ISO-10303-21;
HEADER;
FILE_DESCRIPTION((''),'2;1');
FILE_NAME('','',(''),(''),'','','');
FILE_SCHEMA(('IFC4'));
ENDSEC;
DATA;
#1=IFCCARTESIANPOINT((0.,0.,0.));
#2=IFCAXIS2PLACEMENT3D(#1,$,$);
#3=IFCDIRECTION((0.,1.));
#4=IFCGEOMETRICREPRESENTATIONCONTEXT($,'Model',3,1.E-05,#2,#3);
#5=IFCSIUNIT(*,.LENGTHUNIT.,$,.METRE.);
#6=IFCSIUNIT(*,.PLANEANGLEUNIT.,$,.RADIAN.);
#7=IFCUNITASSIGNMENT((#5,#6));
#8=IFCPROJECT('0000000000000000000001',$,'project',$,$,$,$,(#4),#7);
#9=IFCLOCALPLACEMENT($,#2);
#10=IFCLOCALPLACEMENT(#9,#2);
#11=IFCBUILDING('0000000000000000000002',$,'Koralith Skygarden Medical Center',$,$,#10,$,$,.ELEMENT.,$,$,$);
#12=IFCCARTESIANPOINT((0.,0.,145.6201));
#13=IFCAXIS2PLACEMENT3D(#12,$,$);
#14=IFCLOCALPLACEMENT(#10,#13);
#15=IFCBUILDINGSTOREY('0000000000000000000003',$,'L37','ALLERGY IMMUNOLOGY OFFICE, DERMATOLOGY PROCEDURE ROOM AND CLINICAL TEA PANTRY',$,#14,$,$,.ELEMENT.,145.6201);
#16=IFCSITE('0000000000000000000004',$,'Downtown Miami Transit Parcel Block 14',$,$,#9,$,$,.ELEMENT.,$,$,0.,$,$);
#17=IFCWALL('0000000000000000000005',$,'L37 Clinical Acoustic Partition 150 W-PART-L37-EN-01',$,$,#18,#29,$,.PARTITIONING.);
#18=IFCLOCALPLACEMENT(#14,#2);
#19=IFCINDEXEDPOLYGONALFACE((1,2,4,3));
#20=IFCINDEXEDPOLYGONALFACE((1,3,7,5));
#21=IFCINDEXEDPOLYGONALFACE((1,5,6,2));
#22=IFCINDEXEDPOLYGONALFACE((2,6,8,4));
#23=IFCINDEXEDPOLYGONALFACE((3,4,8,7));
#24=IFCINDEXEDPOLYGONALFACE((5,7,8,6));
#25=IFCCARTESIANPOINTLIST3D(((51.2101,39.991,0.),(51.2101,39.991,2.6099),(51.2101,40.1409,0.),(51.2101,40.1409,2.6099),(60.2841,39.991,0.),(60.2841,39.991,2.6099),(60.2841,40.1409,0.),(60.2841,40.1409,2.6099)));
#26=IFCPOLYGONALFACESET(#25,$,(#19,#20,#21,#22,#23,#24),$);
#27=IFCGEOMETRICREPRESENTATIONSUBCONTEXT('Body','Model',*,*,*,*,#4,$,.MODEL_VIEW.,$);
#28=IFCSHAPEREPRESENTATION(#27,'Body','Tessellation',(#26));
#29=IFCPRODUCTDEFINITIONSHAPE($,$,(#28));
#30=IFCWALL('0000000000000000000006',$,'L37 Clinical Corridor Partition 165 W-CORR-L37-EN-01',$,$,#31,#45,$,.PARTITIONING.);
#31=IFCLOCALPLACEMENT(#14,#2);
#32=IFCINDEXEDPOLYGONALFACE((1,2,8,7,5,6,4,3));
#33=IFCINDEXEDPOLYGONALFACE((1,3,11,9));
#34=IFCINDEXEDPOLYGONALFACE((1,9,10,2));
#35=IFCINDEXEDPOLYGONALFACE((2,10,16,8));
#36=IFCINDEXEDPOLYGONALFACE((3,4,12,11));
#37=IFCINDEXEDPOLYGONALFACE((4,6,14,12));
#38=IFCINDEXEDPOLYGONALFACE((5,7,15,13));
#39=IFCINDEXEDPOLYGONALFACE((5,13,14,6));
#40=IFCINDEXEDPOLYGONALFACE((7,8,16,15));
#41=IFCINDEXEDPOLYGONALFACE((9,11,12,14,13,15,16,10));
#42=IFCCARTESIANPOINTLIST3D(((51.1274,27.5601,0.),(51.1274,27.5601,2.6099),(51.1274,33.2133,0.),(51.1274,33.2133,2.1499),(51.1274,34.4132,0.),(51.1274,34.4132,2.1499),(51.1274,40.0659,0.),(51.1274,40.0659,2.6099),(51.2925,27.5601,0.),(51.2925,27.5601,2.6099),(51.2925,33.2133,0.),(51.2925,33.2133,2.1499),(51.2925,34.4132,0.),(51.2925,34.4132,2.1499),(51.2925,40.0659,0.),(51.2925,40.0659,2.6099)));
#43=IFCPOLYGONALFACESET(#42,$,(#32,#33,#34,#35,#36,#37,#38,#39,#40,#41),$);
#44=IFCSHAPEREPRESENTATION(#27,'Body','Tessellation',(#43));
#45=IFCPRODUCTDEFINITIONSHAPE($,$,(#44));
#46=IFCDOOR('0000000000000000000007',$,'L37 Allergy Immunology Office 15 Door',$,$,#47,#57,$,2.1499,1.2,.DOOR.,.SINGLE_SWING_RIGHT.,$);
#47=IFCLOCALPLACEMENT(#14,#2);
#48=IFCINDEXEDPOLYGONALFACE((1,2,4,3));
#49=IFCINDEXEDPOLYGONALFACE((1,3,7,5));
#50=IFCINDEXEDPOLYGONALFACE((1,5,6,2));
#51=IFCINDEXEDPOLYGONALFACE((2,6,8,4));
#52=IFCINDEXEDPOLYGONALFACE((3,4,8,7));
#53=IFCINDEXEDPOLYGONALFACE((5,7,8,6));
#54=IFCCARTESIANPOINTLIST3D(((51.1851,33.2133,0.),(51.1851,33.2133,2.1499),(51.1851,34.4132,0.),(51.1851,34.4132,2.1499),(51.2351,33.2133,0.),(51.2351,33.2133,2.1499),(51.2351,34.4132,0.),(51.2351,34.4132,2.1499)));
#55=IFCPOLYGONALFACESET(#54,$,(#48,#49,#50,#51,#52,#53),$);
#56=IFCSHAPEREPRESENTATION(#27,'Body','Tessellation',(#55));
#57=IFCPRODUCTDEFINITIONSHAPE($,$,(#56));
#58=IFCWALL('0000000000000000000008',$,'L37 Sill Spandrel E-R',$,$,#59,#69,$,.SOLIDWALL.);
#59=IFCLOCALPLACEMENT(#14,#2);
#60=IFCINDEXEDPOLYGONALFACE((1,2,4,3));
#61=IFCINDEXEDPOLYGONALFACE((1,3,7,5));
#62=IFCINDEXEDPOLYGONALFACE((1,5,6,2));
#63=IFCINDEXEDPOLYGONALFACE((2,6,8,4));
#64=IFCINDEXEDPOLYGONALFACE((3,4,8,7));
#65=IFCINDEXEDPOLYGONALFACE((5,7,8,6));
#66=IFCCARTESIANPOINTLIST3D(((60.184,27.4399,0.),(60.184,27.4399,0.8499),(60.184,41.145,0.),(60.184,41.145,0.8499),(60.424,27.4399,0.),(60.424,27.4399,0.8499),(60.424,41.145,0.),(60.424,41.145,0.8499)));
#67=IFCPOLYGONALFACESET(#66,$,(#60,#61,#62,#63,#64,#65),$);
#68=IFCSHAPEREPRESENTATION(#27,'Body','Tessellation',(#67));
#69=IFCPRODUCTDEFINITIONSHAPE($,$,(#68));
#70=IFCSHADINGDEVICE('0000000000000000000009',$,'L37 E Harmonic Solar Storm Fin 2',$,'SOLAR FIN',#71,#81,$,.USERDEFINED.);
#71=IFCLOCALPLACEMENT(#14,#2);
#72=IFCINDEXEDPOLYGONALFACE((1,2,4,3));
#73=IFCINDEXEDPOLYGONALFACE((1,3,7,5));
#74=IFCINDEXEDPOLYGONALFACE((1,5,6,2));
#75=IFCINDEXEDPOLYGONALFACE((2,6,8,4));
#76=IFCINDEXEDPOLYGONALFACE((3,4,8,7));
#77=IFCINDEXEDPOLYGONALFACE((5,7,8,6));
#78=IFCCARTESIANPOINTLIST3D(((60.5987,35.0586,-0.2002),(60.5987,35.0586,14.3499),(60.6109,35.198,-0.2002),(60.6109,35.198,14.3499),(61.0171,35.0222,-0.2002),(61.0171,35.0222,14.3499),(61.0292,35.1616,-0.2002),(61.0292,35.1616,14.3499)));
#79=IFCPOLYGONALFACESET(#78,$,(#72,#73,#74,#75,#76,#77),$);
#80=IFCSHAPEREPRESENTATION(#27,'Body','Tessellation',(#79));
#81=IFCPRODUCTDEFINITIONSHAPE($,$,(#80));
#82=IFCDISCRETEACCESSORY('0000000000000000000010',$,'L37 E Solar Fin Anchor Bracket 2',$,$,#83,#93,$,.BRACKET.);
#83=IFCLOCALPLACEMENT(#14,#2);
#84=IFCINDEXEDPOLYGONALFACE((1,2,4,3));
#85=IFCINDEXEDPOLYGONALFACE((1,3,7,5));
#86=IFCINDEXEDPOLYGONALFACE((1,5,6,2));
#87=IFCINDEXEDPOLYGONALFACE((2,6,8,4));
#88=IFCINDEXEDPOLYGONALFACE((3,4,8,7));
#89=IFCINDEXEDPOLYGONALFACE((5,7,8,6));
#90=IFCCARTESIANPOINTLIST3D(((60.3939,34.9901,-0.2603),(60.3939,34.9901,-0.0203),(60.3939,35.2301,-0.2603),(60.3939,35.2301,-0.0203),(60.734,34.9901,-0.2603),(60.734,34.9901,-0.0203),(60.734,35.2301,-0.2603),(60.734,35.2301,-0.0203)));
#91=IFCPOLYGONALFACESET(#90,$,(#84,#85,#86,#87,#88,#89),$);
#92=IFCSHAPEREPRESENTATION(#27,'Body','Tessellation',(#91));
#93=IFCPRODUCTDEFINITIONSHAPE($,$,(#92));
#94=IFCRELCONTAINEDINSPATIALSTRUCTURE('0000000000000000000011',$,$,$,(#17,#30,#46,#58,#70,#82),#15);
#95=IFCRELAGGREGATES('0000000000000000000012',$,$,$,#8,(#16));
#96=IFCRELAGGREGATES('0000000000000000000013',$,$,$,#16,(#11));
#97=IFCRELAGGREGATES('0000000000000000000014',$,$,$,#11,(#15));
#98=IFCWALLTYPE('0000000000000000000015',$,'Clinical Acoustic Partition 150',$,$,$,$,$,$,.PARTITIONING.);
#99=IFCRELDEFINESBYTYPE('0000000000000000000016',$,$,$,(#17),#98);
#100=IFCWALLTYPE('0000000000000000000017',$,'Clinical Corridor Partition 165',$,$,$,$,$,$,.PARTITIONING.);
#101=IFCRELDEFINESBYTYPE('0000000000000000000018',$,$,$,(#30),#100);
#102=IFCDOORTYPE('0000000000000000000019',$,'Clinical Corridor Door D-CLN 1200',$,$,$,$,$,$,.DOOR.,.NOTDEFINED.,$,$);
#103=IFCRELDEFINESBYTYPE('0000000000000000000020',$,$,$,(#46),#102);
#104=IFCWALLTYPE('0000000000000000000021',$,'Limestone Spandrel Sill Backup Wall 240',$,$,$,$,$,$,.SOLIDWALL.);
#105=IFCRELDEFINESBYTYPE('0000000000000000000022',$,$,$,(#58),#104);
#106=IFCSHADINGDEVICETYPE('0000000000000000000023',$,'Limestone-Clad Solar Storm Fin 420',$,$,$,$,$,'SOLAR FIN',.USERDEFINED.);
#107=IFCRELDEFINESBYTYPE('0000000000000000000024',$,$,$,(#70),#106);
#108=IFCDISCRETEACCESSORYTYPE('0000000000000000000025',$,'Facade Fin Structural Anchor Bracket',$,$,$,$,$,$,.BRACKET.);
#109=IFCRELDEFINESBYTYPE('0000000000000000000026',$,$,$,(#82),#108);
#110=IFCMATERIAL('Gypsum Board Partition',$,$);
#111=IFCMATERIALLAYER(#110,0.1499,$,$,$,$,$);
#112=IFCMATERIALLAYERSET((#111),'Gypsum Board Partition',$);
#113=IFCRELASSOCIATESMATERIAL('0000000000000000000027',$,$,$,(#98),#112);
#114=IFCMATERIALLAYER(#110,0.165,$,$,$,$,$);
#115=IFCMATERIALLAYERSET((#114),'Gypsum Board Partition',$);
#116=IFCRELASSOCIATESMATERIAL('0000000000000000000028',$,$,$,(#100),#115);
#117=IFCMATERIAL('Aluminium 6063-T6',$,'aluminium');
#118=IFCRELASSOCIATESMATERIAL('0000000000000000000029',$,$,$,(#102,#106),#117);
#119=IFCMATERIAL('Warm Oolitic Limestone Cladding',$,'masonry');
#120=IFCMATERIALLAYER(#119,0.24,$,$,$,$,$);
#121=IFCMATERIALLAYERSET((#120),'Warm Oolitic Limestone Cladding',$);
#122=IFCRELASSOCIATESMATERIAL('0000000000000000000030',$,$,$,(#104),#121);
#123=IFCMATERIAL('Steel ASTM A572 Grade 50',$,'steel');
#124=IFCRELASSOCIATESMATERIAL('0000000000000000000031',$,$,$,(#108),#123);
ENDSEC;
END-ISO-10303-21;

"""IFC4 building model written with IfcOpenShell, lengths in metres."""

from ifc_helpers import new_model, si_unit, direction, frame, frame_2d, origin, origin_2d, place, context, subcontext, project, spatial, rectangle, extrude, material, layer, layer_set, type_object, element, fill, save


model = new_model("IFC4")

# Units and contexts
model_context = context("Model", 3, precision=1e-05, world=origin(), true_north=direction((0.0, 1.0)))
body_context = subcontext(model_context, "Body", "Model", "MODEL_VIEW")
ifc_project = project(units=[si_unit("LENGTHUNIT", "METRE"), si_unit("PLANEANGLEUNIT", "RADIAN")], contexts=[model_context])

# Site, building, storey
site_placement = place(None, origin())
site = spatial("IfcSite", under=ifc_project, at=site_placement, Name="Downtown Miami Transit Parcel Block 14", CompositionType="ELEMENT", RefElevation=0.0)
building_placement = place(site_placement, origin())
building = spatial("IfcBuilding", under=site, at=building_placement, Name="Koralith Skygarden Medical Center", CompositionType="ELEMENT")
storey_placement = place(building_placement, frame((0.0, 0.0, 145.6201)))
storey = spatial("IfcBuildingStorey", under=building, at=storey_placement, Name="L37", Description="ALLERGY IMMUNOLOGY OFFICE, DERMATOLOGY PROCEDURE ROOM AND CLINICAL TEA PANTRY", CompositionType="ELEMENT", Elevation=145.6201)

# Shared definitions
ifc_material_1 = material(Name="Aluminium 6063-T6", Category="aluminium")

# Shared definitions
ifc_material_2 = material(Name="Warm Oolitic Limestone Cladding", Category="masonry")

# Wall
ifc_material_3 = material(Name="Gypsum Board Partition")
ifc_layer_1 = layer(ifc_material_3, 0.1499)
ifc_layer_set_1 = layer_set([ifc_layer_1], Name="Gypsum Board Partition")
wall_type_1 = type_object("IfcWallType", Name="Clinical Acoustic Partition 150", PredefinedType="PARTITIONING", material=ifc_layer_set_1)
wall_1_placement = place(storey_placement, frame((51.21, 40.0659, 0.0), z_axis=(0.0, 0.0, 1.0), x_axis=(1.0, 0.0, 0.0)))
element("IfcWall", 1, at=wall_1_placement, inside=storey, type_object=wall_type_1, Name="L37 Clinical Acoustic Partition 150 W-PART-L37-EN-01", PredefinedType="PARTITIONING", context=body_context, shape_type="SweptSolid", body=[
    extrude(rectangle(XDim=9.074, YDim=0.1499, at=frame_2d((4.5371, 0.0))), origin(), (0.0, 0.0, 1.0), 2.6099),
])

# Wall, opening, door
ifc_layer_2 = layer(ifc_material_3, 0.165)
ifc_layer_set_2 = layer_set([ifc_layer_2], Name="Gypsum Board Partition")
wall_type_2 = type_object("IfcWallType", Name="Clinical Corridor Partition 165", PredefinedType="PARTITIONING", material=ifc_layer_set_2)
wall_2_placement = place(storey_placement, frame((51.21, 27.5601, 0.0), z_axis=(0.0, 0.0, 1.0), x_axis=(0.0, 1.0, 0.0)))
wall_2 = element("IfcWall", 2, at=wall_2_placement, inside=storey, type_object=wall_type_2, Name="L37 Clinical Corridor Partition 165 W-CORR-L37-EN-01", PredefinedType="PARTITIONING", context=body_context, shape_type="SweptSolid", body=[
    extrude(rectangle(XDim=12.5059, YDim=0.165, at=frame_2d((6.2529, 0.0))), origin(), (0.0, 0.0, 1.0), 2.6099),
])
opening_1_placement = place(wall_2_placement, frame((5.6531, 0.0, 0.0)))
opening_1 = element("IfcOpeningElement", 3, at=opening_1_placement, cuts=wall_2, PredefinedType="OPENING", context=body_context, shape_type="SweptSolid", body=[
    extrude(rectangle(XDim=1.2, YDim=2.1499, at=frame_2d((0.6001, 1.075))), frame((0.0, 0.0925, 0.0), z_axis=(0.0, -1.0, 0.0), x_axis=(1.0, 0.0, 0.0)), (0.0, 0.0, 1.0), 0.1851),
])
door_type = type_object("IfcDoorType", Name="Clinical Corridor Door D-CLN 1200", OperationType="NOTDEFINED", PredefinedType="DOOR", material=ifc_material_1)
door_1_placement = place(opening_1_placement, origin())
door_1 = element("IfcDoor", 4, at=door_1_placement, inside=storey, type_object=door_type, Name="L37 Allergy Immunology Office 15 Door", OperationType="SINGLE_SWING_RIGHT", OverallHeight=2.1499, OverallWidth=1.2, PredefinedType="DOOR", context=body_context, shape_type="SweptSolid", body=[
    extrude(rectangle(XDim=1.2, YDim=2.1499, at=frame_2d((0.6001, 1.075))), frame((0.0, 0.0249, 0.0), z_axis=(0.0, -1.0, 0.0), x_axis=(1.0, 0.0, 0.0)), (0.0, 0.0, 1.0), 0.05),
])
fill(opening_1, door_1)

# Wall
ifc_layer_3 = layer(ifc_material_2, 0.24)
ifc_layer_set_3 = layer_set([ifc_layer_3], Name="Warm Oolitic Limestone Cladding")
wall_type_3 = type_object("IfcWallType", Name="Limestone Spandrel Sill Backup Wall 240", PredefinedType="SOLIDWALL", material=ifc_layer_set_3)
wall_3_placement = place(storey_placement, frame((60.304, 27.4399, 0.0), z_axis=(0.0, 0.0, 1.0), x_axis=(0.0, 1.0, 0.0)))
element("IfcWall", 5, at=wall_3_placement, inside=storey, type_object=wall_type_3, Name="L37 Sill Spandrel E-R", PredefinedType="SOLIDWALL", context=body_context, shape_type="SweptSolid", body=[
    extrude(rectangle(XDim=13.7051, YDim=0.24, at=frame_2d((6.8525, 0.0))), origin(), (0.0, 0.0, 1.0), 0.8499),
])

# Shading device
shading_device_type = type_object("IfcShadingDeviceType", Name="Limestone-Clad Solar Storm Fin 420", ElementType="SOLAR FIN", PredefinedType="USERDEFINED", material=ifc_material_1)
shading_device_placement = place(storey_placement, frame((60.814, 35.1101, -0.2002), z_axis=(0.0, 0.0, 1.0), x_axis=(0.99623, -0.086756, 0.0)))
element("IfcShadingDevice", 6, at=shading_device_placement, inside=storey, type_object=shading_device_type, Name="L37 E Harmonic Solar Storm Fin 2", ObjectType="SOLAR FIN", PredefinedType="USERDEFINED", context=body_context, shape_type="SweptSolid", body=[
    extrude(rectangle(XDim=0.4199, YDim=0.1399, at=origin_2d()), origin(), (0.0, 0.0, 1.0), 14.55),
])

# Discrete accessory
ifc_material_4 = material(Name="Steel ASTM A572 Grade 50", Category="steel")
discrete_accessory_type = type_object("IfcDiscreteAccessoryType", Name="Facade Fin Structural Anchor Bracket", PredefinedType="BRACKET", material=ifc_material_4)
discrete_accessory_placement = place(storey_placement, frame((60.564, 35.1101, -0.2603), z_axis=(0.0, 0.0, 1.0), x_axis=(1.0, 0.0, 0.0)))
element("IfcDiscreteAccessory", 7, at=discrete_accessory_placement, inside=storey, type_object=discrete_accessory_type, Name="L37 E Solar Fin Anchor Bracket 2", PredefinedType="BRACKET", context=body_context, shape_type="SweptSolid", body=[
    extrude(rectangle(XDim=0.3401, YDim=0.24, at=origin_2d()), origin(), (0.0, 0.0, 1.0), 0.24),
])

save(model, "model.ifc")
